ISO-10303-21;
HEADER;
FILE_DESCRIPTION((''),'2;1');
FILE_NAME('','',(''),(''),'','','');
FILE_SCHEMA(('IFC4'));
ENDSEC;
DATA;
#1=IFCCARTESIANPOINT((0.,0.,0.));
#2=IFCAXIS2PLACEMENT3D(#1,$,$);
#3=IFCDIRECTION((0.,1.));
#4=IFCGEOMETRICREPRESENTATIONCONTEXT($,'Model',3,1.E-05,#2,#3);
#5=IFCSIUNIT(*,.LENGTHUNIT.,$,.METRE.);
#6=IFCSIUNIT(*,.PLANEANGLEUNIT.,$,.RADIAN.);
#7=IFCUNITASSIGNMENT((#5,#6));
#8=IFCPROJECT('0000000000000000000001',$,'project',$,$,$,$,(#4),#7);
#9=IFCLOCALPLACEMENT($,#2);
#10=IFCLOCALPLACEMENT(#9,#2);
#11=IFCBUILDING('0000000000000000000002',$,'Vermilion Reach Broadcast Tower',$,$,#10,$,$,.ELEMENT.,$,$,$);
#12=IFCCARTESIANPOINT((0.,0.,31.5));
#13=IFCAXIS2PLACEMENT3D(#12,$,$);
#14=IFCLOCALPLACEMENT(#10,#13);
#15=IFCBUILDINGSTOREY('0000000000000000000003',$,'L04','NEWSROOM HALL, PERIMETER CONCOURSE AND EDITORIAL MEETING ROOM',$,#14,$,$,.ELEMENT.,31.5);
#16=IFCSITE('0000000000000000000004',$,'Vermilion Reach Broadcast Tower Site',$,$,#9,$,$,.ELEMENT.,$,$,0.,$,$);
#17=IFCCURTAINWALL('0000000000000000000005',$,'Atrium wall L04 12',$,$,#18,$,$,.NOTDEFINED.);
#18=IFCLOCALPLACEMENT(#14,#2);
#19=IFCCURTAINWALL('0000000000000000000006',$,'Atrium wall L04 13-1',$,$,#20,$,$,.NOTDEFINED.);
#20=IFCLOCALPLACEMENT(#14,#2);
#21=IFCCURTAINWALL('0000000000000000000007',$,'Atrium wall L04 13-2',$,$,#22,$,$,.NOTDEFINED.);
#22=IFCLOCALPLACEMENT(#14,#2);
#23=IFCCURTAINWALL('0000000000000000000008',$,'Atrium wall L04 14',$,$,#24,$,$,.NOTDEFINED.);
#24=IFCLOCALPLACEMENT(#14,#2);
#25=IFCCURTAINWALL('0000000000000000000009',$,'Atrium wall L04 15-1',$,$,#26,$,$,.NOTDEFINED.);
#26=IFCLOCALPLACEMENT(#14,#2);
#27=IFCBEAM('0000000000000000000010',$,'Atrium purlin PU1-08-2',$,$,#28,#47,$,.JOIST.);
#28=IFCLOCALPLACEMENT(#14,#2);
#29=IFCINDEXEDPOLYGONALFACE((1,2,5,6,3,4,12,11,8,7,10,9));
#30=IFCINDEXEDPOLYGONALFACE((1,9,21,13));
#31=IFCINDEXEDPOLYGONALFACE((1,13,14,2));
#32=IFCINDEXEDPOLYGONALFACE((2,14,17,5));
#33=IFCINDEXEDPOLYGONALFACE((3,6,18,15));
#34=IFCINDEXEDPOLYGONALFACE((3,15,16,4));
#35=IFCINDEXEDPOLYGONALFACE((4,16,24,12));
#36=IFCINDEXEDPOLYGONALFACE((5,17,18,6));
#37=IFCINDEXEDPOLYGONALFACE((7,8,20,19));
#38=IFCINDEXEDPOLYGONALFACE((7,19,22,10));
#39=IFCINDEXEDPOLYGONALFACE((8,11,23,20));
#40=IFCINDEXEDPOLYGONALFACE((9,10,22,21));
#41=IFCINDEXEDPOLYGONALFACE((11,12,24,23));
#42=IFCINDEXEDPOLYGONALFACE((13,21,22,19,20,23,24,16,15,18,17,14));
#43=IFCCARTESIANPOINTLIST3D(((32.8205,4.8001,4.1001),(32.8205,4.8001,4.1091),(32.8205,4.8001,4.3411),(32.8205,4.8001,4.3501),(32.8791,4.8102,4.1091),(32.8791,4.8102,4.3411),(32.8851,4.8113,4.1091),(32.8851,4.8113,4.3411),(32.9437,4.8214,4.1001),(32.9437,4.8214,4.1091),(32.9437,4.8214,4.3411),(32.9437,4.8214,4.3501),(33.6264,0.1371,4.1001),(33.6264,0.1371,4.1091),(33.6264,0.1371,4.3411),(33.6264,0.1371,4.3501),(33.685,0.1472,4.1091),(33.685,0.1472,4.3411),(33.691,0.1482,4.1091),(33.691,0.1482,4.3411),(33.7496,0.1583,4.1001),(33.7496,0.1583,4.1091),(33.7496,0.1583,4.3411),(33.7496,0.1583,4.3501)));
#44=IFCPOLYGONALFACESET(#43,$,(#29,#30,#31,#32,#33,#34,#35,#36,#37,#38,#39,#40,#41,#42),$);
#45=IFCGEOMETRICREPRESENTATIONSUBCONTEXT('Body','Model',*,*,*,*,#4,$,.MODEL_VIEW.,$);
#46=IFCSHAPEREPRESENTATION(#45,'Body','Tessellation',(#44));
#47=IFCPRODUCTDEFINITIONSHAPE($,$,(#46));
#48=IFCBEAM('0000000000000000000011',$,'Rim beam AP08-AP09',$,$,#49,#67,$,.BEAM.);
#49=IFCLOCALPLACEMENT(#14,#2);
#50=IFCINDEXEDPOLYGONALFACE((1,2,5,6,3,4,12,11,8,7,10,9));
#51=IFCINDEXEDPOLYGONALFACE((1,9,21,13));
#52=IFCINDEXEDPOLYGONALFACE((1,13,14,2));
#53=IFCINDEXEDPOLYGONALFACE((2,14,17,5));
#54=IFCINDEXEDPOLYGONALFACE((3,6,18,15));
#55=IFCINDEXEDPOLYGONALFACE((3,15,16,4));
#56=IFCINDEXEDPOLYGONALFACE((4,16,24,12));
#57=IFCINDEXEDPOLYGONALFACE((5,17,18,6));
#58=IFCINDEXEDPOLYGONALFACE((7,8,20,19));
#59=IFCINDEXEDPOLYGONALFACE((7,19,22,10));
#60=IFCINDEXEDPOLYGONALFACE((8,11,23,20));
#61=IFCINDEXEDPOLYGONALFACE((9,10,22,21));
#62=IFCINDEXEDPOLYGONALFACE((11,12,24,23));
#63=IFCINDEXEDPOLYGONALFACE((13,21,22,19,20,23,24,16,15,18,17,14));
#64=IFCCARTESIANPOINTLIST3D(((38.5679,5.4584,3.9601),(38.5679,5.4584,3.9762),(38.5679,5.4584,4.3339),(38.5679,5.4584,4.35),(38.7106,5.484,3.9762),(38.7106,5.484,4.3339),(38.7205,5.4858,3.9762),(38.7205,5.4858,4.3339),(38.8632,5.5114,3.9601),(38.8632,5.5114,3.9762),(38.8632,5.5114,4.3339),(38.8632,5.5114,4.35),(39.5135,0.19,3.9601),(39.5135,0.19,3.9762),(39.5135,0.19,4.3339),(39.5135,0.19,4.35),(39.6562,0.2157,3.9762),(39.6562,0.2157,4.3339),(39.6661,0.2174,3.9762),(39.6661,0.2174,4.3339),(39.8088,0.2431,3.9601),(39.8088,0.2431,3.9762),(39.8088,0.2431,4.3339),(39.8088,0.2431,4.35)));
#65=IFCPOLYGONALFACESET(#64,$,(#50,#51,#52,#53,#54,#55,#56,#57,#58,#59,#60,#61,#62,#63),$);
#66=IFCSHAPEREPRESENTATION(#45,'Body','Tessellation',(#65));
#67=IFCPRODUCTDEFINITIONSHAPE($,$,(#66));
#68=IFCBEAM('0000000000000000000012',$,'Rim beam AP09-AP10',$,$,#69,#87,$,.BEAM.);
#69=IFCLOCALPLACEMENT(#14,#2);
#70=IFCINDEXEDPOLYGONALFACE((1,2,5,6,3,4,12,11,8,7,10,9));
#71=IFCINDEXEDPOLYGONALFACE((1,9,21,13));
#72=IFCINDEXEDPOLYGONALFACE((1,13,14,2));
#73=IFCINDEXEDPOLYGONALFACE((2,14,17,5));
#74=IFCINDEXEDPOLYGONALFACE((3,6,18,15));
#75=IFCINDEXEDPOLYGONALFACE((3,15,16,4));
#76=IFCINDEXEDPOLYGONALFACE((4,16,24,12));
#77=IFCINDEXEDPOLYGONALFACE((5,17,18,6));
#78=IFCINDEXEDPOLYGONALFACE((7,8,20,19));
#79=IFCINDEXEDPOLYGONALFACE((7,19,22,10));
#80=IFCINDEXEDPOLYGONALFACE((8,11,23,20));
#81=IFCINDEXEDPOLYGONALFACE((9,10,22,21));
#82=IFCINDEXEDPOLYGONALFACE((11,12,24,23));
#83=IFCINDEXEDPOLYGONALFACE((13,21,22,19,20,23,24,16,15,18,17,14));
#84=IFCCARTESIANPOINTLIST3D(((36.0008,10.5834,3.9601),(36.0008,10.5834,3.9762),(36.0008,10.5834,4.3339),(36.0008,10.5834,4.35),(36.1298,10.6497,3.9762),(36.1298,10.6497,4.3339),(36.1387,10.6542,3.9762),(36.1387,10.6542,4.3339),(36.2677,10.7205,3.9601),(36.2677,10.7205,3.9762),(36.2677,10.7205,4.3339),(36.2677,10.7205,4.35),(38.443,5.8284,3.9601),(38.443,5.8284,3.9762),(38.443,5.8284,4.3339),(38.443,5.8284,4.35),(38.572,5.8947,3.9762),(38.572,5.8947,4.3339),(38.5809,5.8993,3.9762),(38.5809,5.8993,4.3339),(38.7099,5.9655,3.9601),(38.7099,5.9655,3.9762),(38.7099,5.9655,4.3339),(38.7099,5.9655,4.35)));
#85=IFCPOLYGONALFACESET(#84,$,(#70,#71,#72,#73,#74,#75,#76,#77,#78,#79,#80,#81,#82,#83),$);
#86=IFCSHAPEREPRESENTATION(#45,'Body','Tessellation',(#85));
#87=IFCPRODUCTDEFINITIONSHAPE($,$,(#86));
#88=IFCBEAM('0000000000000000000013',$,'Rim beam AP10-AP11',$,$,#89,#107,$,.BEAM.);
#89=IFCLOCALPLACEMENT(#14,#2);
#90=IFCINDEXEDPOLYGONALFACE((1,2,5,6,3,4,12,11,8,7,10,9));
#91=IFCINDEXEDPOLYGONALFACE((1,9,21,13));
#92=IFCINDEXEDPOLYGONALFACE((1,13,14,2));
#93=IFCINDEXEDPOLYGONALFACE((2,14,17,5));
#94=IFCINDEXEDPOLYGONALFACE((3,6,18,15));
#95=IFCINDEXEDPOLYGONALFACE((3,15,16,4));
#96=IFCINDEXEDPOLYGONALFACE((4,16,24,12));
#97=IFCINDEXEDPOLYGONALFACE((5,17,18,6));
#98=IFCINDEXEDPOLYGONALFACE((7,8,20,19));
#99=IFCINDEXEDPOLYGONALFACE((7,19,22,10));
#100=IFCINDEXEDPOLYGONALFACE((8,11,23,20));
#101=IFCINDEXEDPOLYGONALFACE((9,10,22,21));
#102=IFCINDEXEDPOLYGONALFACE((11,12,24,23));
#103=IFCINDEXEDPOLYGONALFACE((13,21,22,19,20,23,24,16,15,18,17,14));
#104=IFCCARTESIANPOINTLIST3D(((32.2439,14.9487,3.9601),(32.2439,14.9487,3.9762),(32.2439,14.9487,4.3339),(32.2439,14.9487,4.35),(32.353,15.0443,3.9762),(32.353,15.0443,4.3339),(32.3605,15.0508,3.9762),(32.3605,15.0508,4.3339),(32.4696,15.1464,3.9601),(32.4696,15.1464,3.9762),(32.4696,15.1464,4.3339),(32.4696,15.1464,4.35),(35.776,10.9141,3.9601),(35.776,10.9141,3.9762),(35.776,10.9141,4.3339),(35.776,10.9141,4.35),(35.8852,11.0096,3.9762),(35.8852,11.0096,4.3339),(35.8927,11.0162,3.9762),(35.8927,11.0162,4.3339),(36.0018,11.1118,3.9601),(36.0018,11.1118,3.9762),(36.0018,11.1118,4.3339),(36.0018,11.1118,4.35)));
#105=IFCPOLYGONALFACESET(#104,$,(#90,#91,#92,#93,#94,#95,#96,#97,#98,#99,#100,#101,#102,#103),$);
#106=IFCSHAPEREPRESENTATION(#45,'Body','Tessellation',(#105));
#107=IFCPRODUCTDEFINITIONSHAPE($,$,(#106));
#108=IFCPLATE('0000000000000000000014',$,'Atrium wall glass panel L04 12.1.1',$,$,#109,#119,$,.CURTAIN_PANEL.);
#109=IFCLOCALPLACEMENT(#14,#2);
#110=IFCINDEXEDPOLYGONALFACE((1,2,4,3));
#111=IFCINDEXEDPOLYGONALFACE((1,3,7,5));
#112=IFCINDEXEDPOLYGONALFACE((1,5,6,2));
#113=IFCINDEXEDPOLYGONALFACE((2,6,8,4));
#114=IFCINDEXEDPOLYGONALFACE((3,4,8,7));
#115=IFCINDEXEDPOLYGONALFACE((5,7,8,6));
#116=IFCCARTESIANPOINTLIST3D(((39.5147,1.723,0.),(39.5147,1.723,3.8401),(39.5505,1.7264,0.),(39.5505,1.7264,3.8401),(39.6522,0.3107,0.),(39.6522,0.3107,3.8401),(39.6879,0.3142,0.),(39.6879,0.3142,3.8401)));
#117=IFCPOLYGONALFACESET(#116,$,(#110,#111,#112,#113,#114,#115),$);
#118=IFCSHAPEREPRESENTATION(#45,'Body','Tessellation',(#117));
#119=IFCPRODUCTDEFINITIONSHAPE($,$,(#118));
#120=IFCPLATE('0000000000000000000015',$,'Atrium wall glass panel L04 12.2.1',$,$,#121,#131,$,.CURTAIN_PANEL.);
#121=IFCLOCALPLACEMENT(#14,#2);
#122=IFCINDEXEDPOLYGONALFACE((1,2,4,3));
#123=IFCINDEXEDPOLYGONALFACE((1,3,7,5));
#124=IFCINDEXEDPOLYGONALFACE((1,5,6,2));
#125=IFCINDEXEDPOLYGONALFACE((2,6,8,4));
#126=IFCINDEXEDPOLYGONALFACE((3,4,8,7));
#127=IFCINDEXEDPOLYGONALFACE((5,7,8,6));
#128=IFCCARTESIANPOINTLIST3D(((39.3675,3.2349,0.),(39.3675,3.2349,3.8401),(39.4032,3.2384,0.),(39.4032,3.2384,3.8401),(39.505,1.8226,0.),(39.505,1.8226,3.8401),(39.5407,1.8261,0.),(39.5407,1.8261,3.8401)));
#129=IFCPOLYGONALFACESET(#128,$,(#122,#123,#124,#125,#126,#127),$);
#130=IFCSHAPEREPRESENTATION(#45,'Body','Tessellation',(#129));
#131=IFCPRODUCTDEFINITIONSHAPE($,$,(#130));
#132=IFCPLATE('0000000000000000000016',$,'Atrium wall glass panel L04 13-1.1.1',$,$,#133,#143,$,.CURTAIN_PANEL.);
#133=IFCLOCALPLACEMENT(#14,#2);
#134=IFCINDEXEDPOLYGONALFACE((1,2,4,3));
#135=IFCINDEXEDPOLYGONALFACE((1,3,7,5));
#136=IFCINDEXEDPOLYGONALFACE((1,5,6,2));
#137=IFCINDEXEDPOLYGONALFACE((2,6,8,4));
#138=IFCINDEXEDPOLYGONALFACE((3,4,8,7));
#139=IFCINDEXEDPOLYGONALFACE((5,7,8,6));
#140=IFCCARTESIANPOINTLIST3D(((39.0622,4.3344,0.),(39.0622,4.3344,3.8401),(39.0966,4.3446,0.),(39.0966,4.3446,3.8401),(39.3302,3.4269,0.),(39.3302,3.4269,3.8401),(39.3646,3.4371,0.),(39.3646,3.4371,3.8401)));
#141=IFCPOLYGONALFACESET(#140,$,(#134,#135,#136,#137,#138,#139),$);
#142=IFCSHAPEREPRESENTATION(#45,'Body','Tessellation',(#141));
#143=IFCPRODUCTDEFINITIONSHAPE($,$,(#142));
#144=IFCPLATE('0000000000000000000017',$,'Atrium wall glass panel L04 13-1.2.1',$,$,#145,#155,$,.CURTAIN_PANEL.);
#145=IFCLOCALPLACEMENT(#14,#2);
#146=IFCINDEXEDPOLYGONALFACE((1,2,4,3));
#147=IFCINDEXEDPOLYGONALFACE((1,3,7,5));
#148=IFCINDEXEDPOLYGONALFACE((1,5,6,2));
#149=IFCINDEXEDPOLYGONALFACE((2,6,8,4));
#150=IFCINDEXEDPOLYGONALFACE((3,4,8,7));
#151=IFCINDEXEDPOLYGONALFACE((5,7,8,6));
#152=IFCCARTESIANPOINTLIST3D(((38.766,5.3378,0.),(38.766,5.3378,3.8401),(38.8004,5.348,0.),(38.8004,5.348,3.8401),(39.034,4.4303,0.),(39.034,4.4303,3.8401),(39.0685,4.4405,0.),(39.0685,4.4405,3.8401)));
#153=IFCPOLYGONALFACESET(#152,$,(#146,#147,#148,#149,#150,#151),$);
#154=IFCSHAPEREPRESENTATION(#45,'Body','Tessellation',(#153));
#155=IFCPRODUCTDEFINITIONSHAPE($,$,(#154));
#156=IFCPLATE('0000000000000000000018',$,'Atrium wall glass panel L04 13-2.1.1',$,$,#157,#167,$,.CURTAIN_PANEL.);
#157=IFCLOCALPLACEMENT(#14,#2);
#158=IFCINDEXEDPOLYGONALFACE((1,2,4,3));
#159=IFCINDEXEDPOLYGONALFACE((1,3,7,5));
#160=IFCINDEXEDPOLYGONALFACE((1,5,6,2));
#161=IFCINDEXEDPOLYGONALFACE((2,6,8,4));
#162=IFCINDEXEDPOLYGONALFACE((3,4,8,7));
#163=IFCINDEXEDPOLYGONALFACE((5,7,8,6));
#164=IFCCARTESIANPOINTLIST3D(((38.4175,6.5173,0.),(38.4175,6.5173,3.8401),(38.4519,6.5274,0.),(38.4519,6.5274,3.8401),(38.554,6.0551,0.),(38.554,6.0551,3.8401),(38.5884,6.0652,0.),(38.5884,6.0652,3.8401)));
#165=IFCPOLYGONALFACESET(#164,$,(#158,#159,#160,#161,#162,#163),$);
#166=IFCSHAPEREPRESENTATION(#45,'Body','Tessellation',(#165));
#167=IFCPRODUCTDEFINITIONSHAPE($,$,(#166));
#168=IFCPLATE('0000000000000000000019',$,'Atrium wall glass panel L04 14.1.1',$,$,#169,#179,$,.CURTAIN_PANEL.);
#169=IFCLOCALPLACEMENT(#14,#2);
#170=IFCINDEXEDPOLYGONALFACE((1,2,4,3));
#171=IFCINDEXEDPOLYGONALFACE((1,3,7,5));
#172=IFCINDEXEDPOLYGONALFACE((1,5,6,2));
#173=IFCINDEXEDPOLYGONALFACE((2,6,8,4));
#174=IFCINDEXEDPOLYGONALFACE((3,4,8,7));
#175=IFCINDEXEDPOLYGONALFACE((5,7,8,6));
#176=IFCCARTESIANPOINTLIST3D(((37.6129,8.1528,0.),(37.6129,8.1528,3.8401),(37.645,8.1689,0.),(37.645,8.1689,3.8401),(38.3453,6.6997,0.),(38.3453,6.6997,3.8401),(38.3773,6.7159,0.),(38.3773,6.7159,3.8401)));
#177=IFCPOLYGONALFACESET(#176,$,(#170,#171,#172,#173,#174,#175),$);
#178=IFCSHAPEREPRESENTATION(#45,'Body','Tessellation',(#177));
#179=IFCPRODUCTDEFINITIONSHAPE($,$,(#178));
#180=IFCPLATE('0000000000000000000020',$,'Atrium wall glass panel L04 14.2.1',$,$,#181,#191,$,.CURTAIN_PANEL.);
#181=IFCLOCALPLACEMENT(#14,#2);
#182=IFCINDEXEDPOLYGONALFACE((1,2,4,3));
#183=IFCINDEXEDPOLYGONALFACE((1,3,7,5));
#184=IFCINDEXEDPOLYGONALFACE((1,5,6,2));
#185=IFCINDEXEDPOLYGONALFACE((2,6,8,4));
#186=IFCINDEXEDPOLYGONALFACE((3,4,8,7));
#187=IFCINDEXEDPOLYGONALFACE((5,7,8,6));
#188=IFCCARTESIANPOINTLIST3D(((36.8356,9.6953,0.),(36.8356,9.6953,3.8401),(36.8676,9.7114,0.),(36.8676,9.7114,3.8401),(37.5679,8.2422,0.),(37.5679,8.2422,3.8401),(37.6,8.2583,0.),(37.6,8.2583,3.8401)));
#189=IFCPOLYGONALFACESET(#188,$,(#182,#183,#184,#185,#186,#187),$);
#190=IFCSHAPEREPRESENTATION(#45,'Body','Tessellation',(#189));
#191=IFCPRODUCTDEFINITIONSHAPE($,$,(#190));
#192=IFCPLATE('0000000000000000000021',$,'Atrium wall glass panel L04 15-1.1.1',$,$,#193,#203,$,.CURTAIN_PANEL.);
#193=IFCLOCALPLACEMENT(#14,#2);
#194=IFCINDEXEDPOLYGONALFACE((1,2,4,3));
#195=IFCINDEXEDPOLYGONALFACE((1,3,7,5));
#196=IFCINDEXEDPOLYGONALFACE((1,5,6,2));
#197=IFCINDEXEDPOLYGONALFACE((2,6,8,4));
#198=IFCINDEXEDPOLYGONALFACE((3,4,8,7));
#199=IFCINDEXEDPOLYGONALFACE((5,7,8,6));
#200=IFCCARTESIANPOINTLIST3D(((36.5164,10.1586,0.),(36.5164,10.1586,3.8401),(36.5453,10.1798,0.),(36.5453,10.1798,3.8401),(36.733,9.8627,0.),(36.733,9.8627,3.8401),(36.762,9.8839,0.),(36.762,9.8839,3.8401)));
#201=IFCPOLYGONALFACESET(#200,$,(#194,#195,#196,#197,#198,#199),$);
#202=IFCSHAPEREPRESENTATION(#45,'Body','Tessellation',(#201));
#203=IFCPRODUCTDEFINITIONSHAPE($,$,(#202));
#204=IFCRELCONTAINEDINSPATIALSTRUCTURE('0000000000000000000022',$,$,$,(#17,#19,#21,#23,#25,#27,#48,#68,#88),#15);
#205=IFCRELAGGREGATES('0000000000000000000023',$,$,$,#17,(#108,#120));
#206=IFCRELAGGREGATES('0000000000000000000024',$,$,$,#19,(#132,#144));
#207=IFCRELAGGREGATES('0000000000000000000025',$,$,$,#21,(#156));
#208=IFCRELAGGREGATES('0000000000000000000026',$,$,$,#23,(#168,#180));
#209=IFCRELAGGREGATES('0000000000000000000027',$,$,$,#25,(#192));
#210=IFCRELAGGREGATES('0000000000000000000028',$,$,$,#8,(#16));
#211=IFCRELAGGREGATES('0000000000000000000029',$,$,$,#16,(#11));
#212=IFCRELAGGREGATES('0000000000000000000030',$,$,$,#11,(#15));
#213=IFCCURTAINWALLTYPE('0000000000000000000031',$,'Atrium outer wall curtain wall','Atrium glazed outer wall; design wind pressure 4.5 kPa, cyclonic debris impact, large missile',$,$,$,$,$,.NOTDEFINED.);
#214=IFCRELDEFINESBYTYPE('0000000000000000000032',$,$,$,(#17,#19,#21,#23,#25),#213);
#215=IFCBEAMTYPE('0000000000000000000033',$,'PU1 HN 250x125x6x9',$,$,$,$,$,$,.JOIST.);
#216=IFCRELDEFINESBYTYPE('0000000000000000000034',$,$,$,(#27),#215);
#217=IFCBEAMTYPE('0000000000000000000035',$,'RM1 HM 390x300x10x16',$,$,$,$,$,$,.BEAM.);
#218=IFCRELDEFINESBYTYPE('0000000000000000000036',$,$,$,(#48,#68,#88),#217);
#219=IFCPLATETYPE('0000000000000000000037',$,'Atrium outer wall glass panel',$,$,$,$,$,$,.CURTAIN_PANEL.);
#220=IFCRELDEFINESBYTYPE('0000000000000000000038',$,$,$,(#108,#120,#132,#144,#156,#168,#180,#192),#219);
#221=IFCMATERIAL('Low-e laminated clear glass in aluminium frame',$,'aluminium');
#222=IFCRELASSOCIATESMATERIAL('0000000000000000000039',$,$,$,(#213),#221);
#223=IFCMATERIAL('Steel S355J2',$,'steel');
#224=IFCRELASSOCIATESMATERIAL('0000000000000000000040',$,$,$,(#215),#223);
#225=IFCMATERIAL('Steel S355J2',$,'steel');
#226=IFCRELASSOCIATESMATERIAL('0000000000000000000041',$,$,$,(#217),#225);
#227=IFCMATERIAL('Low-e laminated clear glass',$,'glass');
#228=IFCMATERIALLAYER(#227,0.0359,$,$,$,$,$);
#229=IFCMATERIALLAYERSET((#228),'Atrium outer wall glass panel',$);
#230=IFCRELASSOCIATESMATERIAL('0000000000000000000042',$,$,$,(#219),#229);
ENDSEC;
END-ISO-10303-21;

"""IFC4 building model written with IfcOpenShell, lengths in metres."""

from ifc_helpers import new_model, si_unit, direction, frame, origin, origin_2d, place, context, subcontext, project, spatial, rectangle, i_section, extrude, material, layer, layer_set, material_profile, profile_set, type_object, element, aggregate, save


model = new_model("IFC4")

# Units and contexts
model_context = context("Model", 3, precision=1e-05, world=origin(), true_north=direction((0.0, 1.0)))
body_context = subcontext(model_context, "Body", "Model", "MODEL_VIEW")
ifc_project = project(units=[si_unit("LENGTHUNIT", "METRE"), si_unit("PLANEANGLEUNIT", "RADIAN")], contexts=[model_context])

# Site, building, storey
site_placement = place(None, origin())
site = spatial("IfcSite", under=ifc_project, at=site_placement, Name="Vermilion Reach Broadcast Tower Site", CompositionType="ELEMENT", RefElevation=0.0)
building_placement = place(site_placement, origin())
building = spatial("IfcBuilding", under=site, at=building_placement, Name="Vermilion Reach Broadcast Tower", CompositionType="ELEMENT")
storey_placement = place(building_placement, frame((0.0, 0.0, 31.5)))
storey = spatial("IfcBuildingStorey", under=building, at=storey_placement, Name="L04", Description="NEWSROOM HALL, PERIMETER CONCOURSE AND EDITORIAL MEETING ROOM", CompositionType="ELEMENT", Elevation=31.5)

# Curtain walls
ifc_material_1 = material(Name="Low-e laminated clear glass in aluminium frame", Category="aluminium")
curtain_wall_type = type_object("IfcCurtainWallType", Name="Atrium outer wall curtain wall", Description="Atrium glazed outer wall; design wind pressure 4.5 kPa, cyclonic debris impact, large missile", PredefinedType="NOTDEFINED", material=ifc_material_1)
placement = place(storey_placement, origin())
curtain_wall_1 = element("IfcCurtainWall", 1, at=placement, inside=storey, type_object=curtain_wall_type, Name="Atrium wall L04 12", PredefinedType="NOTDEFINED")
curtain_wall_2 = element("IfcCurtainWall", 2, at=placement, inside=storey, type_object=curtain_wall_type, Name="Atrium wall L04 13-1", PredefinedType="NOTDEFINED")
curtain_wall_3 = element("IfcCurtainWall", 3, at=placement, inside=storey, type_object=curtain_wall_type, Name="Atrium wall L04 13-2", PredefinedType="NOTDEFINED")
curtain_wall_4 = element("IfcCurtainWall", 4, at=placement, inside=storey, type_object=curtain_wall_type, Name="Atrium wall L04 14", PredefinedType="NOTDEFINED")
curtain_wall_5 = element("IfcCurtainWall", 5, at=placement, inside=storey, type_object=curtain_wall_type, Name="Atrium wall L04 15-1", PredefinedType="NOTDEFINED")

# Beams
ifc_material_2 = material(Name="Steel S355J2", Category="steel")
ifc_material_profile_1 = material_profile(ifc_material_2, i_section(OverallWidth=0.125, OverallDepth=0.25, WebThickness=0.0061, FlangeThickness=0.009, at=origin_2d()), Name="S355J2 HN 250x125x6x9")
ifc_profile_set_1 = profile_set([ifc_material_profile_1], Name="Steel S355J2")
beam_type_1 = type_object("IfcBeamType", Name="PU1 HN 250x125x6x9", PredefinedType="JOIST", material=ifc_profile_set_1)
beam_1_placement = place(storey_placement, frame((33.688, 0.1477, 4.2251), z_axis=(-0.170303, 0.985392, 0.0), x_axis=(-0.985392, -0.170303, 0.0)))
element("IfcBeam", 6, at=beam_1_placement, inside=storey, type_object=beam_type_1, Name="Atrium purlin PU1-08-2", PredefinedType="JOIST", context=body_context, shape_type="SweptSolid", body=[
    extrude(i_section(OverallWidth=0.125, OverallDepth=0.25, WebThickness=0.0061, FlangeThickness=0.009, at=origin_2d()), origin(), (0.0, 0.0, 1.0), 4.7322),
])
ifc_material_3 = material(Name="Steel S355J2", Category="steel")
ifc_material_profile_2 = material_profile(ifc_material_3, i_section(OverallWidth=0.3, OverallDepth=0.3899, WebThickness=0.01, FlangeThickness=0.0161, at=origin_2d()), Name="S355J2 HM 390x300x10x16")
ifc_profile_set_2 = profile_set([ifc_material_profile_2], Name="Steel S355J2")
beam_type_2 = type_object("IfcBeamType", Name="RM1 HM 390x300x10x16", PredefinedType="BEAM", material=ifc_profile_set_2)
beam_2_placement = place(storey_placement, frame((39.6611, 0.2166, 4.155), z_axis=(-0.176657, 0.984272, 0.0), x_axis=(-0.984272, -0.176657, 0.0)))
element("IfcBeam", 7, at=beam_2_placement, inside=storey, type_object=beam_type_2, Name="Rim beam AP08-AP09", PredefinedType="BEAM", context=body_context, shape_type="SweptSolid", body=[
    extrude(i_section(OverallWidth=0.3, OverallDepth=0.3899, WebThickness=0.01, FlangeThickness=0.0161, at=origin_2d()), origin(), (0.0, 0.0, 1.0), 5.3525),
])
beam_3_placement = place(storey_placement, frame((38.5764, 5.897, 4.155), z_axis=(-0.45687, 0.889533, 0.0), x_axis=(-0.889533, -0.45687, 0.0)))
element("IfcBeam", 8, at=beam_3_placement, inside=storey, type_object=beam_type_2, Name="Rim beam AP09-AP10", PredefinedType="BEAM", context=body_context, shape_type="SweptSolid", body=[
    extrude(i_section(OverallWidth=0.3, OverallDepth=0.3899, WebThickness=0.01, FlangeThickness=0.0161, at=origin_2d()), origin(), (0.0, 0.0, 1.0), 5.3455),
])
beam_4_placement = place(storey_placement, frame((35.8889, 11.0129, 4.155), z_axis=(-0.658704, 0.752402, 0.0), x_axis=(-0.752402, -0.658704, 0.0)))
element("IfcBeam", 9, at=beam_4_placement, inside=storey, type_object=beam_type_2, Name="Rim beam AP10-AP11", PredefinedType="BEAM", context=body_context, shape_type="SweptSolid", body=[
    extrude(i_section(OverallWidth=0.3, OverallDepth=0.3899, WebThickness=0.01, FlangeThickness=0.0161, at=origin_2d()), origin(), (0.0, 0.0, 1.0), 5.3623),
])

# Plates
ifc_material_4 = material(Name="Low-e laminated clear glass", Category="glass")
ifc_layer = layer(ifc_material_4, 0.0359)
ifc_layer_set = layer_set([ifc_layer], Name="Atrium outer wall glass panel")
plate_type = type_object("IfcPlateType", Name="Atrium outer wall glass panel", PredefinedType="CURTAIN_PANEL", material=ifc_layer_set)
plate_1_placement = place(storey_placement, frame((39.6013, 1.0186, 0.0), z_axis=(0.0, 0.0, 1.0), x_axis=(-0.096861, 0.995298, 0.0)))
plate_1 = element("IfcPlate", 10, at=plate_1_placement, type_object=plate_type, Name="Atrium wall glass panel L04 12.1.1", PredefinedType="CURTAIN_PANEL", context=body_context, shape_type="SweptSolid", body=[
    extrude(rectangle(XDim=1.4189, YDim=0.0359, at=origin_2d()), origin(), (0.0, 0.0, 1.0), 3.8401),
])
plate_2_placement = place(storey_placement, frame((39.4541, 2.5305, 0.0), z_axis=(0.0, 0.0, 1.0), x_axis=(-0.096861, 0.995298, 0.0)))
plate_2 = element("IfcPlate", 11, at=plate_2_placement, type_object=plate_type, Name="Atrium wall glass panel L04 12.2.1", PredefinedType="CURTAIN_PANEL", context=body_context, shape_type="SweptSolid", body=[
    extrude(rectangle(XDim=1.4189, YDim=0.0359, at=origin_2d()), origin(), (0.0, 0.0, 1.0), 3.8401),
])
aggregate(curtain_wall_1, [plate_1, plate_2])
plate_3_placement = place(storey_placement, frame((39.2134, 3.8857, 0.0), z_axis=(0.0, 0.0, 1.0), x_axis=(-0.283245, 0.959048, 0.0)))
plate_3 = element("IfcPlate", 12, at=plate_3_placement, type_object=plate_type, Name="Atrium wall glass panel L04 13-1.1.1", PredefinedType="CURTAIN_PANEL", context=body_context, shape_type="SweptSolid", body=[
    extrude(rectangle(XDim=0.9463, YDim=0.0359, at=origin_2d()), origin(), (0.0, 0.0, 1.0), 3.8401),
])
plate_4_placement = place(storey_placement, frame((38.9172, 4.8892, 0.0), z_axis=(0.0, 0.0, 1.0), x_axis=(-0.283245, 0.959048, 0.0)))
plate_4 = element("IfcPlate", 13, at=plate_4_placement, type_object=plate_type, Name="Atrium wall glass panel L04 13-1.2.1", PredefinedType="CURTAIN_PANEL", context=body_context, shape_type="SweptSolid", body=[
    extrude(rectangle(XDim=0.9463, YDim=0.0359, at=origin_2d()), origin(), (0.0, 0.0, 1.0), 3.8401),
])
aggregate(curtain_wall_2, [plate_3, plate_4])
plate_5_placement = place(storey_placement, frame((38.5029, 6.2913, 0.0), z_axis=(0.0, 0.0, 1.0), x_axis=(-0.283245, 0.959048, 0.0)))
plate_5 = element("IfcPlate", 14, at=plate_5_placement, type_object=plate_type, Name="Atrium wall glass panel L04 13-2.1.1", PredefinedType="CURTAIN_PANEL", context=body_context, shape_type="SweptSolid", body=[
    extrude(rectangle(XDim=0.4819, YDim=0.0359, at=origin_2d()), origin(), (0.0, 0.0, 1.0), 3.8401),
])
aggregate(curtain_wall_3, [plate_5])
plate_6_placement = place(storey_placement, frame((37.9951, 7.4343, 0.0), z_axis=(0.0, 0.0, 1.0), x_axis=(-0.450072, 0.892992, 0.0)))
plate_6 = element("IfcPlate", 15, at=plate_6_placement, type_object=plate_type, Name="Atrium wall glass panel L04 14.1.1", PredefinedType="CURTAIN_PANEL", context=body_context, shape_type="SweptSolid", body=[
    extrude(rectangle(XDim=1.6272, YDim=0.0359, at=origin_2d()), origin(), (0.0, 0.0, 1.0), 3.8401),
])
plate_7_placement = place(storey_placement, frame((37.2178, 8.9768, 0.0), z_axis=(0.0, 0.0, 1.0), x_axis=(-0.450072, 0.892992, 0.0)))
plate_7 = element("IfcPlate", 16, at=plate_7_placement, type_object=plate_type, Name="Atrium wall glass panel L04 14.2.1", PredefinedType="CURTAIN_PANEL", context=body_context, shape_type="SweptSolid", body=[
    extrude(rectangle(XDim=1.6272, YDim=0.0359, at=origin_2d()), origin(), (0.0, 0.0, 1.0), 3.8401),
])
aggregate(curtain_wall_4, [plate_6, plate_7])
plate_8_placement = place(storey_placement, frame((36.6392, 10.0212, 0.0), z_axis=(0.0, 0.0, 1.0), x_axis=(-0.59076, 0.806847, 0.0)))
plate_8 = element("IfcPlate", 17, at=plate_8_placement, type_object=plate_type, Name="Atrium wall glass panel L04 15-1.1.1", PredefinedType="CURTAIN_PANEL", context=body_context, shape_type="SweptSolid", body=[
    extrude(rectangle(XDim=0.3667, YDim=0.0359, at=origin_2d()), origin(), (0.0, 0.0, 1.0), 3.8401),
])
aggregate(curtain_wall_5, [plate_8])

save(model, "model.ifc")
